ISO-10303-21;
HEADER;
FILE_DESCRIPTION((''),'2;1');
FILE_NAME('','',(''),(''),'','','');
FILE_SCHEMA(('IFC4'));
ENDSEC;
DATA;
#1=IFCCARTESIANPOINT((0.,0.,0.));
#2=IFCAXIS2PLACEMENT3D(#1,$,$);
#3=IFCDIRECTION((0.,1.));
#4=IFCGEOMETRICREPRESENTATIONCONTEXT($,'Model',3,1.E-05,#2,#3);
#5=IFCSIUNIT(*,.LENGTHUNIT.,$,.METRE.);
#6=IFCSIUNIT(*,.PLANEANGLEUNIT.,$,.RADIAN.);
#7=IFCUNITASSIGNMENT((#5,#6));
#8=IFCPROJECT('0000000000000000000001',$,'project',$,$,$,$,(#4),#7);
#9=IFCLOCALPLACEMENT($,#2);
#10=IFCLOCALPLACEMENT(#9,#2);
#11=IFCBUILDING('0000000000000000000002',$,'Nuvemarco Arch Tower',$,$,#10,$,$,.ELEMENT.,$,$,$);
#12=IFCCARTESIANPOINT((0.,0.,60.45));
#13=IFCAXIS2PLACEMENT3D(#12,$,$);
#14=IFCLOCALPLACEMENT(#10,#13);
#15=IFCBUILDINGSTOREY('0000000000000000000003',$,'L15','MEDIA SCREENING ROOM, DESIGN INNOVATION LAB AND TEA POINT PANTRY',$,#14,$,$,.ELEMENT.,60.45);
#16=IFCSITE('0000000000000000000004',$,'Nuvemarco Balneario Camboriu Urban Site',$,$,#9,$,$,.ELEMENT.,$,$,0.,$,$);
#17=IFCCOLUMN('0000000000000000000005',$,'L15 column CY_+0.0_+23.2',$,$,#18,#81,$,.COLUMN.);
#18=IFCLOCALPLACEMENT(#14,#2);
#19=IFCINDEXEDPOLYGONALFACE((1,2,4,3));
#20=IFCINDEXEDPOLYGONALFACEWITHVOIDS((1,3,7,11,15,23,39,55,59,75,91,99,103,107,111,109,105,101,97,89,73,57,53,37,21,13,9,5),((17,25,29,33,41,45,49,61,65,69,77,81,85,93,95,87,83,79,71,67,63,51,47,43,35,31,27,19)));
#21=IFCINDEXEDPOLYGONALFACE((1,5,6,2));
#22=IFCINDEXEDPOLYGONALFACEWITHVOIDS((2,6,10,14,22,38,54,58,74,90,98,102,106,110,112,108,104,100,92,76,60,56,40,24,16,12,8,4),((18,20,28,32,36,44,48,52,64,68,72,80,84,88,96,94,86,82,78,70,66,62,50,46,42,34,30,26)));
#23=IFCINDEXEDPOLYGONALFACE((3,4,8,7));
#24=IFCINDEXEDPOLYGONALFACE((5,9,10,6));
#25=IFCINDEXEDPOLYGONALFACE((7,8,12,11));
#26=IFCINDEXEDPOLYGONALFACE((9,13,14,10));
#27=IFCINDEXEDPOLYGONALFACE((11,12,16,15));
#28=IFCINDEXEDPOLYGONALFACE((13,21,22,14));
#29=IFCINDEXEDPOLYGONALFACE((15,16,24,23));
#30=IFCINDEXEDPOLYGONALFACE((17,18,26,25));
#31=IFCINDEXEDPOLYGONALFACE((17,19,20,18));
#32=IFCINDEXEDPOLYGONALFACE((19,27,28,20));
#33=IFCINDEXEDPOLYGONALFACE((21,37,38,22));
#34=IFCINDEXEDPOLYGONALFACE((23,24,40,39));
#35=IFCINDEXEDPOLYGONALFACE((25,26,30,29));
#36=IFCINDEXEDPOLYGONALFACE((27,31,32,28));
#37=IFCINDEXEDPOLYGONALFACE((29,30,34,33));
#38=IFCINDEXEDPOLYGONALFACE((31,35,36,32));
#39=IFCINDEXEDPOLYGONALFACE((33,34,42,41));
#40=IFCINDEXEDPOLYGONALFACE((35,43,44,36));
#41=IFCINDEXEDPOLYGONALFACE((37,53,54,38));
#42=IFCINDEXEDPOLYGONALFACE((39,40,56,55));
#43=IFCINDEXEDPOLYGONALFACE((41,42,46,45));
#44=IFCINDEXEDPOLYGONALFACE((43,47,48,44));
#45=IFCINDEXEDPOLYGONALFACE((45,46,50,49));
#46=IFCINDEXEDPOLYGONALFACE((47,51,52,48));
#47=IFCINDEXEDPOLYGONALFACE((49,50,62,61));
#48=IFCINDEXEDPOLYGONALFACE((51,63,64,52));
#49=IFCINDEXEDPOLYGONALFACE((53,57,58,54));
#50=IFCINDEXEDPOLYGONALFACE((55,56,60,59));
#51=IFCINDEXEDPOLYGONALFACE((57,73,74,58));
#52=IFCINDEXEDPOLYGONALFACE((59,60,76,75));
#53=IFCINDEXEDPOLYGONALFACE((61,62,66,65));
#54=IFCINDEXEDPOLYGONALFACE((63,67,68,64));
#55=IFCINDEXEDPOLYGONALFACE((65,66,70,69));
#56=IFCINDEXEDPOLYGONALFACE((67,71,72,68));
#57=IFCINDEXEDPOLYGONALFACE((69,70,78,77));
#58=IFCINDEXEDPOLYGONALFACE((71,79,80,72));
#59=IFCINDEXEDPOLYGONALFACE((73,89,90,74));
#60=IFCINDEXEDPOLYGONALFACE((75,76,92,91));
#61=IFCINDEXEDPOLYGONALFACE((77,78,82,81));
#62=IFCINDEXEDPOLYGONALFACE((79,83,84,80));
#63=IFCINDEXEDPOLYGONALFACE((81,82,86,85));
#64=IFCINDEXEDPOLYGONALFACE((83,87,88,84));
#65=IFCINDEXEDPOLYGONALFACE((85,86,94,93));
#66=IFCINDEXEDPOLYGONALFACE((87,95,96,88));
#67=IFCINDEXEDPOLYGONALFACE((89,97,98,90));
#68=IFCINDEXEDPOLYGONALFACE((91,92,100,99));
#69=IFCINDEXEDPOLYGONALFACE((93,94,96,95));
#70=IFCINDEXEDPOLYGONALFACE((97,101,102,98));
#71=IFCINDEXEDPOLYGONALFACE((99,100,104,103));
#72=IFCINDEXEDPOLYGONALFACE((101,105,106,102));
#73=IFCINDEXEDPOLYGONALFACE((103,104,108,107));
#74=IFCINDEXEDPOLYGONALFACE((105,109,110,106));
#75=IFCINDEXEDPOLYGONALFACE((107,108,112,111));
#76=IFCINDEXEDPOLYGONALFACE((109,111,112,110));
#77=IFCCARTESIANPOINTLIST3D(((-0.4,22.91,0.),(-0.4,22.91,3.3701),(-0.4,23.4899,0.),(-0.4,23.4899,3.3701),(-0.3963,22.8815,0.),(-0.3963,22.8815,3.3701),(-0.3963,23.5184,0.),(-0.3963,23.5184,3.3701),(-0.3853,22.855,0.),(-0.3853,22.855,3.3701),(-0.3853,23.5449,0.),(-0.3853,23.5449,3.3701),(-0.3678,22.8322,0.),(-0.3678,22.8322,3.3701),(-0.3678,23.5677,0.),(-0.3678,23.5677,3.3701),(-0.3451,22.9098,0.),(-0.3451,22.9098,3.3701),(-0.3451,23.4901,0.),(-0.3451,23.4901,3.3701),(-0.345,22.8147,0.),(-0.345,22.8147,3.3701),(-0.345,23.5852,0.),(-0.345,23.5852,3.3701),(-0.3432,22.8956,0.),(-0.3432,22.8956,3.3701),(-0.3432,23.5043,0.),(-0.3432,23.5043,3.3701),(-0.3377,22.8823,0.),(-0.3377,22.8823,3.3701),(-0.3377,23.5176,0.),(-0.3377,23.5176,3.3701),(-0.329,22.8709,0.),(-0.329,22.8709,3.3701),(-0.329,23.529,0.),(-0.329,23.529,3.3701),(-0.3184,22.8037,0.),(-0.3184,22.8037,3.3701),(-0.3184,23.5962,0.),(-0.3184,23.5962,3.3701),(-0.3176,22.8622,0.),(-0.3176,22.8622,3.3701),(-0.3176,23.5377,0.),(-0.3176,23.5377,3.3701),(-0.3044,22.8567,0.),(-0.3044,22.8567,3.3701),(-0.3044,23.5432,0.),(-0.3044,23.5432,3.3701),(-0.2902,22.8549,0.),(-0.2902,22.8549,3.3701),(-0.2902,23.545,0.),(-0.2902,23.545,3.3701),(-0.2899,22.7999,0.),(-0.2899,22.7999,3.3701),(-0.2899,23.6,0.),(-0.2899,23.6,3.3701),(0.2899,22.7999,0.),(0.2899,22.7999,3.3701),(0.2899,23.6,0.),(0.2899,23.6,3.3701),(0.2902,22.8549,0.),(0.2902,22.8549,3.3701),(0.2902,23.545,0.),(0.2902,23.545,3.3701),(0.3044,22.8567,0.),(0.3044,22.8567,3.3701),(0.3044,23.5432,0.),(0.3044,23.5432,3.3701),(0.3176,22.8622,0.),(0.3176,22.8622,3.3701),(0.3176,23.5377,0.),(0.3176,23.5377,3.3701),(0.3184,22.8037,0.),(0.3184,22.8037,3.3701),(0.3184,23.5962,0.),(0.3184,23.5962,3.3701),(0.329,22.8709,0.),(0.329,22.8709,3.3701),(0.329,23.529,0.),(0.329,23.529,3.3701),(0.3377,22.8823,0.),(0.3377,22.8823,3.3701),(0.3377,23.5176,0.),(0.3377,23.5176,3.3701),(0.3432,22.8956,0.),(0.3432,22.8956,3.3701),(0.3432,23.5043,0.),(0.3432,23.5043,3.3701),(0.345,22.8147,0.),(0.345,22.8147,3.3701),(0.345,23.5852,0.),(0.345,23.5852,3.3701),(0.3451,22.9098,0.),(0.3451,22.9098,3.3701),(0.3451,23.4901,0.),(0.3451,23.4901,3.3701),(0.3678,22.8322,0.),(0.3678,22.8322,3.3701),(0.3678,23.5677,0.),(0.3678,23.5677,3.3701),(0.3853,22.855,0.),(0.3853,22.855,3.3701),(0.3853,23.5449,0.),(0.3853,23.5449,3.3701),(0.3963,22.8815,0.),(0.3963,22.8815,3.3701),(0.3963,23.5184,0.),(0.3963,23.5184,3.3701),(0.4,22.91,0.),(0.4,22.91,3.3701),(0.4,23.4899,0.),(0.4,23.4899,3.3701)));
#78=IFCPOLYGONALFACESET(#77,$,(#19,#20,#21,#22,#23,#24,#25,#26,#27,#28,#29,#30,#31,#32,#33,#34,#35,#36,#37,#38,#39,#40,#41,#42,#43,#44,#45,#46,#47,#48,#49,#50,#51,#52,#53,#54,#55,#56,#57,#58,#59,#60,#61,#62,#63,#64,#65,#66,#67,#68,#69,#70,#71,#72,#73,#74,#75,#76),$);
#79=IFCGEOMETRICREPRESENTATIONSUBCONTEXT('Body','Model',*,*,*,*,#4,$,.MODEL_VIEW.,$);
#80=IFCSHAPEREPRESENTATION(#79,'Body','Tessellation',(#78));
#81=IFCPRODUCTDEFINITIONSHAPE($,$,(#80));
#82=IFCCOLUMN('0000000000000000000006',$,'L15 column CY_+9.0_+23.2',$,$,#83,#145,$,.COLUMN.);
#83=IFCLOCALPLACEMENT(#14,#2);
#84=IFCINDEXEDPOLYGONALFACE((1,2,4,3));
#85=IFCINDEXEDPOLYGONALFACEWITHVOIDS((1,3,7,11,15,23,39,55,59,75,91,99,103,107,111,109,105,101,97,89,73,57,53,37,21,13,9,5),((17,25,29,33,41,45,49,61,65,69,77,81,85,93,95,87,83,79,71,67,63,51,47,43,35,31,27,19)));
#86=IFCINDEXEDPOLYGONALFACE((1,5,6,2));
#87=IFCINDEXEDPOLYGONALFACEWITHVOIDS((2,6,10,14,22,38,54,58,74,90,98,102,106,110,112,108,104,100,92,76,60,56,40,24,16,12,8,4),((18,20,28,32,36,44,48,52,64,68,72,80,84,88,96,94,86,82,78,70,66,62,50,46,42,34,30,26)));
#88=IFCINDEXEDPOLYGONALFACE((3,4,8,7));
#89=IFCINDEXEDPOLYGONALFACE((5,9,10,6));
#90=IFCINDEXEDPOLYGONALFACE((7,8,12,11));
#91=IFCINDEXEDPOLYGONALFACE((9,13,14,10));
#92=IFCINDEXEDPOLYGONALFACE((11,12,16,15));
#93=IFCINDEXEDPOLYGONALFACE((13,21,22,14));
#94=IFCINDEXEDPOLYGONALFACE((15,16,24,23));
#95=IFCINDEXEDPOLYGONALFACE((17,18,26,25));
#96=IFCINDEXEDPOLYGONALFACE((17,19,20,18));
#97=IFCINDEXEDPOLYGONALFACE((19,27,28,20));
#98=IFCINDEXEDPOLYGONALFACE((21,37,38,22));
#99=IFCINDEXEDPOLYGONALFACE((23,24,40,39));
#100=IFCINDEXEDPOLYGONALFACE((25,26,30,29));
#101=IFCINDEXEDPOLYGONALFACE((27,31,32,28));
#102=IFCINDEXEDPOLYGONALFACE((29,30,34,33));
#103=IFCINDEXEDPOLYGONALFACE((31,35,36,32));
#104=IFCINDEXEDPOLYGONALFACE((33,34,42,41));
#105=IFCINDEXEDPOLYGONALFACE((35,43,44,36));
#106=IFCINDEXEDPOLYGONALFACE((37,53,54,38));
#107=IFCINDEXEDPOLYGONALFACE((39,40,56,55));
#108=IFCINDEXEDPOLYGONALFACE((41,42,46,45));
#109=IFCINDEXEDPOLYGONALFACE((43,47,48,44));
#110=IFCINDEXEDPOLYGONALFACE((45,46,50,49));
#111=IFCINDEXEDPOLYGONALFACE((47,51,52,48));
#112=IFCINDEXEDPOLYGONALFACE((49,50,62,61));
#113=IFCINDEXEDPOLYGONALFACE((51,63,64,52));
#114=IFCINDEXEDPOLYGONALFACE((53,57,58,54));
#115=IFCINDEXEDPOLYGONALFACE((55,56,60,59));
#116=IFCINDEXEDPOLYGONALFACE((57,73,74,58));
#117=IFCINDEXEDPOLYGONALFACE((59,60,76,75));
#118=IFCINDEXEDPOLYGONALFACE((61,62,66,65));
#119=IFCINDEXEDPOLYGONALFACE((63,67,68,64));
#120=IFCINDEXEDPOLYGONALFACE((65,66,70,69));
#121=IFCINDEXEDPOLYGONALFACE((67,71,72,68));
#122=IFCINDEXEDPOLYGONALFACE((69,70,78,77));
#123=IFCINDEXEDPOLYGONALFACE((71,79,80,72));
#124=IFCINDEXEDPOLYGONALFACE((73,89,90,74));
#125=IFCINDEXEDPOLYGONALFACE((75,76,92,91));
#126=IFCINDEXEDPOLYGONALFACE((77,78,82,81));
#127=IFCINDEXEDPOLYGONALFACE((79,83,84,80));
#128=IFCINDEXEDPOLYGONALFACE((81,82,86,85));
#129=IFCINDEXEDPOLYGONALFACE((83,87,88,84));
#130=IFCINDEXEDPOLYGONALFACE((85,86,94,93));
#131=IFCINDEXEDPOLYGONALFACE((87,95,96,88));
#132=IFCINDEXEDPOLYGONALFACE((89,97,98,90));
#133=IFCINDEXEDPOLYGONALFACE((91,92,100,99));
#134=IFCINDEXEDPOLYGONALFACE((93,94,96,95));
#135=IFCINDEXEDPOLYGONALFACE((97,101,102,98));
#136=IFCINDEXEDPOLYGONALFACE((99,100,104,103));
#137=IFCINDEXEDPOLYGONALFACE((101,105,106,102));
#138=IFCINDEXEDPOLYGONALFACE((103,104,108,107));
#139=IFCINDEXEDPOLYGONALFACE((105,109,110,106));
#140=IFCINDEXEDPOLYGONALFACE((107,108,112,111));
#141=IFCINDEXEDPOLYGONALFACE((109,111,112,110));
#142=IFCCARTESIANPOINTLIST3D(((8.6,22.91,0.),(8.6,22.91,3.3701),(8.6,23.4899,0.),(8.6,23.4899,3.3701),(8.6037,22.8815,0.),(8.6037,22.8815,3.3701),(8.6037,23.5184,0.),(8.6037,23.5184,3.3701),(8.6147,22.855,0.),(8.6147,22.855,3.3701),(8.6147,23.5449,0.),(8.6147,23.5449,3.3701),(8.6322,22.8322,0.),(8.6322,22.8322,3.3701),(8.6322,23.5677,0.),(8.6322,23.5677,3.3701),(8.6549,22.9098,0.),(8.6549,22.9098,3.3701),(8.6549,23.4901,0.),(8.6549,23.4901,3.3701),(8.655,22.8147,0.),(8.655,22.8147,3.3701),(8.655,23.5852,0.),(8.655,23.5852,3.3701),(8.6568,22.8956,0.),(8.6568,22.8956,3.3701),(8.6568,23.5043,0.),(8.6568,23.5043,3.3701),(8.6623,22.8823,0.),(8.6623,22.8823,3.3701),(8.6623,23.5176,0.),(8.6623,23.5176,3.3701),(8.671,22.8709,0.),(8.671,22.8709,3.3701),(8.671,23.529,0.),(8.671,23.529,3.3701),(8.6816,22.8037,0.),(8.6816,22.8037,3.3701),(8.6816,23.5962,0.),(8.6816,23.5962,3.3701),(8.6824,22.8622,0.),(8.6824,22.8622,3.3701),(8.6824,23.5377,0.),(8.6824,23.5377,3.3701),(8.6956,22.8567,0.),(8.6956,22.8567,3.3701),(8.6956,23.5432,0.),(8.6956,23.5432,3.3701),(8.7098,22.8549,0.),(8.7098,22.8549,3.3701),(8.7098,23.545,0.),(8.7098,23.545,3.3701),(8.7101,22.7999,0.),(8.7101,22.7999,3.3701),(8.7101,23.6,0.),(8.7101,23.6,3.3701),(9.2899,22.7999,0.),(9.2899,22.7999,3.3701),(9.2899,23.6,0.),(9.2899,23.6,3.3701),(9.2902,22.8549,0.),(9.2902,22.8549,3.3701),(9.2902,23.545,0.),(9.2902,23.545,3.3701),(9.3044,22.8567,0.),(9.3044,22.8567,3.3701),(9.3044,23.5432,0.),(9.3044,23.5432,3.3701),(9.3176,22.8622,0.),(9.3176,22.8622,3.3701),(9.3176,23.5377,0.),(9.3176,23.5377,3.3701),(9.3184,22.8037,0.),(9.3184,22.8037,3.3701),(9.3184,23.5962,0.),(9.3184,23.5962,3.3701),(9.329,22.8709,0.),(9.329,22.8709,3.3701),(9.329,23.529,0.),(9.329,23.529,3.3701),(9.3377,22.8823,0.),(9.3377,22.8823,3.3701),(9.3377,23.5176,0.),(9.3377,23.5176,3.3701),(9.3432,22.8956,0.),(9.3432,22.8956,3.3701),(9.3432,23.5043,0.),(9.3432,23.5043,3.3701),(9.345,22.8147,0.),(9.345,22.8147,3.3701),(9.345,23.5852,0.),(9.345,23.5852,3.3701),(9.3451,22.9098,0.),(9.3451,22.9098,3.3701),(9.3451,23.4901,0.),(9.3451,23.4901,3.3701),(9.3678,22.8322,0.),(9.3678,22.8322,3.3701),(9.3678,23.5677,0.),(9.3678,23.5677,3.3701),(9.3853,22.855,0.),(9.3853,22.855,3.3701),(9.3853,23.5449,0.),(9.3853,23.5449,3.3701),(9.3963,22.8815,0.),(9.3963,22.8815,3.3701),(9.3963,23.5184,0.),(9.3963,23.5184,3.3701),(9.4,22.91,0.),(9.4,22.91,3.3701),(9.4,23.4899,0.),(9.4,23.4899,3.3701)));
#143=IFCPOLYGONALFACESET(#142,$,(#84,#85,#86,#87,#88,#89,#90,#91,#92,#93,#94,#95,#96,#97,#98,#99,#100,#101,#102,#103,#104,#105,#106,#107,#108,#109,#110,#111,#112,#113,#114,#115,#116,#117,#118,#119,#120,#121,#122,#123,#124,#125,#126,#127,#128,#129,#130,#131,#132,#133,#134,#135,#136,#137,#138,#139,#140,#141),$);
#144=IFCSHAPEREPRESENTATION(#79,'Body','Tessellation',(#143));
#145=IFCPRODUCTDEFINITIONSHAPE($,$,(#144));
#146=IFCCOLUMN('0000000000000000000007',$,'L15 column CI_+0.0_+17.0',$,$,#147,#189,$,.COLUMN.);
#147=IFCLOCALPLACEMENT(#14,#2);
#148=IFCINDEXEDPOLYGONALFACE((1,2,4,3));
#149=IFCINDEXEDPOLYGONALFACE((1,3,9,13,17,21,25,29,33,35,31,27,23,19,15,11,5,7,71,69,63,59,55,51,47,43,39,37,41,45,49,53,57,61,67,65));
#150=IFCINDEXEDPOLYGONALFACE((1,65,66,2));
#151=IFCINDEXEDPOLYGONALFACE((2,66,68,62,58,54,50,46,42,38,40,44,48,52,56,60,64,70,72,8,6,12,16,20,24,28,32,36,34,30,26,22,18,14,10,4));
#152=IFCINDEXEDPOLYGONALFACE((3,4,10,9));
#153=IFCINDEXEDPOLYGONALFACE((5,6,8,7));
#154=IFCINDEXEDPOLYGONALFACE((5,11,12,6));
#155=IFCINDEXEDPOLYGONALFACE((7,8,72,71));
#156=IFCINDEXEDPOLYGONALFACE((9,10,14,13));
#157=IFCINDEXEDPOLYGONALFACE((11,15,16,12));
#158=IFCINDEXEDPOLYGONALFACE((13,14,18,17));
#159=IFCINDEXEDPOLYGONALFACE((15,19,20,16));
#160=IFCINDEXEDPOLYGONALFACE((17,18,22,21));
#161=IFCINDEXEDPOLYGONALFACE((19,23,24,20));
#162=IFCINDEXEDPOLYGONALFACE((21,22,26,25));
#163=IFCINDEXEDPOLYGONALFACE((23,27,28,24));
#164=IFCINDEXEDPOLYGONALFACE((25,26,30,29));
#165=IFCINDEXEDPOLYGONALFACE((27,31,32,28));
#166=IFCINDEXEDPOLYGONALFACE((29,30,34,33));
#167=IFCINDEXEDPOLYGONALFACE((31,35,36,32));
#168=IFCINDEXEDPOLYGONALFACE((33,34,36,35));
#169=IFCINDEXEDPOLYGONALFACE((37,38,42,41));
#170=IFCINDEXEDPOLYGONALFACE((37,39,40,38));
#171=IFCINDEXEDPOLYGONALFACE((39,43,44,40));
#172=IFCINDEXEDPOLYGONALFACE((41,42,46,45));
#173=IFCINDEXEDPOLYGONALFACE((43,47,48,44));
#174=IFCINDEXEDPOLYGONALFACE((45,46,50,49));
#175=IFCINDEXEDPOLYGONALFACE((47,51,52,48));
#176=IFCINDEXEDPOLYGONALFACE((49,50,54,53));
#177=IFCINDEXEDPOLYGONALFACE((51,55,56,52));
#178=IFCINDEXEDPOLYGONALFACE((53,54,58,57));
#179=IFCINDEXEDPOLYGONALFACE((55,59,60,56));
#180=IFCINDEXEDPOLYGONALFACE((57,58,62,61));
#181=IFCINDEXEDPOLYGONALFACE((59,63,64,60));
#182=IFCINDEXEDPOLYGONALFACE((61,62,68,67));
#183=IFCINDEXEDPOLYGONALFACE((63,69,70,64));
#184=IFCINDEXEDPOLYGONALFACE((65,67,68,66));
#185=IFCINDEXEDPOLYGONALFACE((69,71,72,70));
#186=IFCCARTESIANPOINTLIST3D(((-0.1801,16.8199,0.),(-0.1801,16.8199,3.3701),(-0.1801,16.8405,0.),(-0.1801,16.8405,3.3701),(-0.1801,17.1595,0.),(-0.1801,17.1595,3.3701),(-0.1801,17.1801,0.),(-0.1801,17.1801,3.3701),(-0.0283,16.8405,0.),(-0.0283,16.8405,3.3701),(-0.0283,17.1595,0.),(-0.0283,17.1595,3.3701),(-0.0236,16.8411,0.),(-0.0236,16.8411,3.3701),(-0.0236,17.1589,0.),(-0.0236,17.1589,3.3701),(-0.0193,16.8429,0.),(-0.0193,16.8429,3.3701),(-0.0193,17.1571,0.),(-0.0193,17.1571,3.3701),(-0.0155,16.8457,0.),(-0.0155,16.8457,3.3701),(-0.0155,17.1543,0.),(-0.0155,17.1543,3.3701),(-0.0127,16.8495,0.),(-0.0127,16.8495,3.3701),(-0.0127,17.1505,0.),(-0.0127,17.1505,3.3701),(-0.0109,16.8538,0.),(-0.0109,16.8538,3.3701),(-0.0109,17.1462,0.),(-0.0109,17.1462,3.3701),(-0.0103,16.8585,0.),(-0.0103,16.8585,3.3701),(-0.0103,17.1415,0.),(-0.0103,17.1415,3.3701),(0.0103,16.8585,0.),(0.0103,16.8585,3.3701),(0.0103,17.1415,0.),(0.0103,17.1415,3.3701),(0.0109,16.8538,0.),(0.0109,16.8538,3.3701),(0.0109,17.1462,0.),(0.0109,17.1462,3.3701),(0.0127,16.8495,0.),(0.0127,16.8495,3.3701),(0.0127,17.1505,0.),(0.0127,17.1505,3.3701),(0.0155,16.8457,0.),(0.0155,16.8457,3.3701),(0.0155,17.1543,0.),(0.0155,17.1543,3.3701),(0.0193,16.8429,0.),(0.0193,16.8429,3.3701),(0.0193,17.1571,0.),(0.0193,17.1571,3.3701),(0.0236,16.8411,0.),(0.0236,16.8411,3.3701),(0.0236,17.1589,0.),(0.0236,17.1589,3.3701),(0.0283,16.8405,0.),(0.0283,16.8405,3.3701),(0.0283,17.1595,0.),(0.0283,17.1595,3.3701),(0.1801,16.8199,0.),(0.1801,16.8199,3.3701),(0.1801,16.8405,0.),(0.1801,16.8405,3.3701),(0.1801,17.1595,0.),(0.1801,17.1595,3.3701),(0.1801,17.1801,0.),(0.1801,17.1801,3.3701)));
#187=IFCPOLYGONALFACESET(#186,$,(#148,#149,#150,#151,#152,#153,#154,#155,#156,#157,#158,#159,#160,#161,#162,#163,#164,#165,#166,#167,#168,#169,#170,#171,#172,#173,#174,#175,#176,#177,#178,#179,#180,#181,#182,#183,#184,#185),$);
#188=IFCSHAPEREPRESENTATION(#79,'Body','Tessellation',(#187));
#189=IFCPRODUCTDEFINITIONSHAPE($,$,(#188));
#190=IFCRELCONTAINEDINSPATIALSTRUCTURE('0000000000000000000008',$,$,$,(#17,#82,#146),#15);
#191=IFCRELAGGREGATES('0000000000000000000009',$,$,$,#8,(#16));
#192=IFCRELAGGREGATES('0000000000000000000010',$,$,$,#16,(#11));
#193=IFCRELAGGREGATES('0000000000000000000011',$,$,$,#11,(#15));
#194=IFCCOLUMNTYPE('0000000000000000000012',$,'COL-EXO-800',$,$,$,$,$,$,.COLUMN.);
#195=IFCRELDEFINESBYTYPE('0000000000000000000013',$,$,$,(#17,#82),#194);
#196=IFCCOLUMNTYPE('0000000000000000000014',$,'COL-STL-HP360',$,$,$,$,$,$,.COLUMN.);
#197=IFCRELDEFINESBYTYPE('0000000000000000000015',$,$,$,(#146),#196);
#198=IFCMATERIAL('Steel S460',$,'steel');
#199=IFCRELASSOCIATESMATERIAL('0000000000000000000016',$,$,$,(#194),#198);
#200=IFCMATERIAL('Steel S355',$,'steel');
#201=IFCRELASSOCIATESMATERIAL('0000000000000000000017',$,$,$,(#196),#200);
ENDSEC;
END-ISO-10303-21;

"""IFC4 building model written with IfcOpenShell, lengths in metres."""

from ifc_helpers import new_model, si_unit, direction, frame, origin, origin_2d, place, context, subcontext, project, spatial, hollow_rectangle, i_section, extrude, material, material_profile, profile_set, type_object, element, save


model = new_model("IFC4")

# Units and contexts
model_context = context("Model", 3, precision=1e-05, world=origin(), true_north=direction((0.0, 1.0)))
body_context = subcontext(model_context, "Body", "Model", "MODEL_VIEW")
ifc_project = project(units=[si_unit("LENGTHUNIT", "METRE"), si_unit("PLANEANGLEUNIT", "RADIAN")], contexts=[model_context])

# Site, building, storey
site_placement = place(None, origin())
site = spatial("IfcSite", under=ifc_project, at=site_placement, Name="Nuvemarco Balneario Camboriu Urban Site", CompositionType="ELEMENT", RefElevation=0.0)
building_placement = place(site_placement, origin())
building = spatial("IfcBuilding", under=site, at=building_placement, Name="Nuvemarco Arch Tower", CompositionType="ELEMENT")
storey_placement = place(building_placement, frame((0.0, 0.0, 60.45)))
storey = spatial("IfcBuildingStorey", under=building, at=storey_placement, Name="L15", Description="MEDIA SCREENING ROOM, DESIGN INNOVATION LAB AND TEA POINT PANTRY", CompositionType="ELEMENT", Elevation=60.45)

# Columns
ifc_material_1 = material(Name="Steel S460", Category="steel")
ifc_material_profile_1 = material_profile(ifc_material_1, hollow_rectangle(XDim=0.8, YDim=0.8, WallThickness=0.0549, InnerFilletRadius=0.0549, OuterFilletRadius=0.1101, at=origin_2d()), Name="SHS800x800x55")
ifc_profile_set_1 = profile_set([ifc_material_profile_1], Name="Steel S460")
column_type_1 = type_object("IfcColumnType", Name="COL-EXO-800", PredefinedType="COLUMN", material=ifc_profile_set_1)
for number, where, z_axis, x_axis, name in (
    (1, (0.0, 23.2, 0.0), (0.0, 0.0, 1.0), (1.0, 0.0, 0.0), "L15 column CY_+0.0_+23.2"),
    (2, (9.0, 23.2, 0.0), (0.0, 0.0, 1.0), (1.0, 0.0, 0.0), "L15 column CY_+9.0_+23.2"),
):
    element("IfcColumn", number, at=place(storey_placement, frame(where, z_axis=z_axis, x_axis=x_axis)), inside=storey, type_object=column_type_1, Name=name, PredefinedType="COLUMN", context=body_context, shape_type="SweptSolid", body=[
        extrude(hollow_rectangle(XDim=0.8, YDim=0.8, WallThickness=0.0549, InnerFilletRadius=0.0549, OuterFilletRadius=0.1101, at=origin_2d()), origin(), (0.0, 0.0, 1.0), 3.3701),
    ])
ifc_material_2 = material(Name="Steel S355", Category="steel")
ifc_material_profile_2 = material_profile(ifc_material_2, i_section(OverallWidth=0.3601, OverallDepth=0.3601, WebThickness=0.0205, FlangeThickness=0.0205, FilletRadius=0.0181, at=origin_2d()), Name="HP360x174")
ifc_profile_set_2 = profile_set([ifc_material_profile_2], Name="Steel S355")
column_type_2 = type_object("IfcColumnType", Name="COL-STL-HP360", PredefinedType="COLUMN", material=ifc_profile_set_2)
for number, where, z_axis, x_axis, name in (
    (3, (0.0, 17.0, 0.0), (0.0, 0.0, 1.0), (1.0, 0.0, 0.0), "L15 column CI_+0.0_+17.0"),
):
    element("IfcColumn", number, at=place(storey_placement, frame(where, z_axis=z_axis, x_axis=x_axis)), inside=storey, type_object=column_type_2, Name=name, PredefinedType="COLUMN", context=body_context, shape_type="SweptSolid", body=[
        extrude(i_section(OverallWidth=0.3601, OverallDepth=0.3601, WebThickness=0.0205, FlangeThickness=0.0205, FilletRadius=0.0181, at=origin_2d()), origin(), (0.0, 0.0, 1.0), 3.3701),
    ])

save(model, "model.ifc")
